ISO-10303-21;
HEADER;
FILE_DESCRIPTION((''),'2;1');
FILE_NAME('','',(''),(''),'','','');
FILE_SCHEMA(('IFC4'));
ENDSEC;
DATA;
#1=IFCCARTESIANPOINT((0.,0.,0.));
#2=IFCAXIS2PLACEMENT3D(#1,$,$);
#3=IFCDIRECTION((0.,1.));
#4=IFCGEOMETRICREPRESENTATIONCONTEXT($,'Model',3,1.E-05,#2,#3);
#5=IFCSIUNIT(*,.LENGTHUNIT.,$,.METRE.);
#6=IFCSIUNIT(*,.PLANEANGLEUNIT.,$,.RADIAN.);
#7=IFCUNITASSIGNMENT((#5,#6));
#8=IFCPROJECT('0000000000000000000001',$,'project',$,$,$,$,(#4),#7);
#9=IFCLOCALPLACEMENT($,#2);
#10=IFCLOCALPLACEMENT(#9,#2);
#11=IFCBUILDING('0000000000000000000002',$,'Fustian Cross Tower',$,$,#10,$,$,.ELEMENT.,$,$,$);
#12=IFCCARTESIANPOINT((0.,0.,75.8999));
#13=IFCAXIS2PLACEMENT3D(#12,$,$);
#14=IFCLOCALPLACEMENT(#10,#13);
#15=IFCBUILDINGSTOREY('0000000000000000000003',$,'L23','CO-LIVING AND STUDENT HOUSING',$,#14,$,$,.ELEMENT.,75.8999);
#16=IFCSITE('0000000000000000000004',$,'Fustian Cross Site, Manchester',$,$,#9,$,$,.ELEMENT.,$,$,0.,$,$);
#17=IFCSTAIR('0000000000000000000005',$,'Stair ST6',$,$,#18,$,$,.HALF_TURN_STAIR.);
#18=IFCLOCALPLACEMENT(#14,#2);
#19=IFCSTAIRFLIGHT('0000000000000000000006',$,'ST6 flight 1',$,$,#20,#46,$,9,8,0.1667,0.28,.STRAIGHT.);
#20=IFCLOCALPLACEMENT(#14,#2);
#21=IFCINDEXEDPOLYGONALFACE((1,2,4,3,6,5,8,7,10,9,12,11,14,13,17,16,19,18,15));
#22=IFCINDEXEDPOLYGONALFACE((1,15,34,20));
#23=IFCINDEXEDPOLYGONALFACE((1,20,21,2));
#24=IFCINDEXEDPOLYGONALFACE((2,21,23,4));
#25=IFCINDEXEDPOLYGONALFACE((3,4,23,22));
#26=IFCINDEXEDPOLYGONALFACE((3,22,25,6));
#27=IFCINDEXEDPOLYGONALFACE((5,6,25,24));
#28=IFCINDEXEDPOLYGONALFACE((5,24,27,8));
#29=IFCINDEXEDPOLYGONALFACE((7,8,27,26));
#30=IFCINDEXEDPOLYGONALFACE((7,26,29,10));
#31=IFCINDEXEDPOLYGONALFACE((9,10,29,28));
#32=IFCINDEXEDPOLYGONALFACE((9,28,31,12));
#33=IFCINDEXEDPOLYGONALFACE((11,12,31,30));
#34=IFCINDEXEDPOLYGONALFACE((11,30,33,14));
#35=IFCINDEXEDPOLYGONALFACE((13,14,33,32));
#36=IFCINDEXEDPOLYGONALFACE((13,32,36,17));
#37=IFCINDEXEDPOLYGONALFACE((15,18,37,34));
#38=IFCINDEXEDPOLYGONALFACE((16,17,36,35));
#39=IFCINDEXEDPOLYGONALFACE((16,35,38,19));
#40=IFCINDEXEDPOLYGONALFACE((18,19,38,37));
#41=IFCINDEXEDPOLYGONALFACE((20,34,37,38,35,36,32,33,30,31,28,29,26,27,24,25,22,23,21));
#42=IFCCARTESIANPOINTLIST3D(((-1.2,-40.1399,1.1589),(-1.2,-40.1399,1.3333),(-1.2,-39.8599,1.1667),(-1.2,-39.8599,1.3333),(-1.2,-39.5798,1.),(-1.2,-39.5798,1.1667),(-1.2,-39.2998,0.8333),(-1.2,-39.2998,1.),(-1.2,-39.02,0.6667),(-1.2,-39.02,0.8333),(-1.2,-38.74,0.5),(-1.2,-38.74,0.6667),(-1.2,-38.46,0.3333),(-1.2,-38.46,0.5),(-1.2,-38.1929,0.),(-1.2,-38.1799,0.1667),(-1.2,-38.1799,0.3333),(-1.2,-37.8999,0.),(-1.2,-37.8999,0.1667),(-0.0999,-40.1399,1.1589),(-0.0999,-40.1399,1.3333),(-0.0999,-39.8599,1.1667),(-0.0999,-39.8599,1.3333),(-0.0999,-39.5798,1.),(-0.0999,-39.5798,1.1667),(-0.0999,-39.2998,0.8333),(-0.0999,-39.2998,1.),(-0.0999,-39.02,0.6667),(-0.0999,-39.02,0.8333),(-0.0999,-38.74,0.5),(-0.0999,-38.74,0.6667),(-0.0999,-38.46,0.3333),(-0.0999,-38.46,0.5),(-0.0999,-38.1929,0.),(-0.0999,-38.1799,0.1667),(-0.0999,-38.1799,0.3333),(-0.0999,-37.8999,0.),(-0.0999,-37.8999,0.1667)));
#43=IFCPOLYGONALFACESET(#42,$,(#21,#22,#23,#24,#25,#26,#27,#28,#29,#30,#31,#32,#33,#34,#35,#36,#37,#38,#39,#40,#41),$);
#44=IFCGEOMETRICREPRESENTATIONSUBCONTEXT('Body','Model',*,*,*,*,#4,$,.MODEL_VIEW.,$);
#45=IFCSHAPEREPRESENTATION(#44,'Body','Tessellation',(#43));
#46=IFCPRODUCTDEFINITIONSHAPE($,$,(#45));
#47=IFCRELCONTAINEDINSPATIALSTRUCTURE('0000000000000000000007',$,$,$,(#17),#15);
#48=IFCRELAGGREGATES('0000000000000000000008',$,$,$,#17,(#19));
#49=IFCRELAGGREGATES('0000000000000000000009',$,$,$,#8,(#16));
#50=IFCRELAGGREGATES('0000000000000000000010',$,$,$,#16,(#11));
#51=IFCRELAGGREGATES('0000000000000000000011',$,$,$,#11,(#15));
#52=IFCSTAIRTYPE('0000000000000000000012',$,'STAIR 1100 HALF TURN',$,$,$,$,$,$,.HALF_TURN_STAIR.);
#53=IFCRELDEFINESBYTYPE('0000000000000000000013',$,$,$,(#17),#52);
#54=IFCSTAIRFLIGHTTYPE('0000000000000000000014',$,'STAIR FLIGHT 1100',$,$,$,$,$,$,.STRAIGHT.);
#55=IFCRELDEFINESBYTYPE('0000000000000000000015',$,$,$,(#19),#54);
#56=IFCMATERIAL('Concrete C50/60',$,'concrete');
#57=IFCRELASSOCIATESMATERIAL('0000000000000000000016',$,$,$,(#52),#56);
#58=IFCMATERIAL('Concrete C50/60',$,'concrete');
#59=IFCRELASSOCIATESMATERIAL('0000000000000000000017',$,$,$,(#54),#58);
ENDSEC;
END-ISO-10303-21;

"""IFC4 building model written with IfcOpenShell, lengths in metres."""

from ifc_helpers import new_model, si_unit, direction, frame, origin, place, context, subcontext, project, spatial, polyline, outline, extrude, material, type_object, element, aggregate, save


model = new_model("IFC4")

# Units and contexts
model_context = context("Model", 3, precision=1e-05, world=origin(), true_north=direction((0.0, 1.0)))
body_context = subcontext(model_context, "Body", "Model", "MODEL_VIEW")
ifc_project = project(units=[si_unit("LENGTHUNIT", "METRE"), si_unit("PLANEANGLEUNIT", "RADIAN")], contexts=[model_context])

# Site, building, storey
site_placement = place(None, origin())
site = spatial("IfcSite", under=ifc_project, at=site_placement, Name="Fustian Cross Site, Manchester", CompositionType="ELEMENT", RefElevation=0.0)
building_placement = place(site_placement, origin())
building = spatial("IfcBuilding", under=site, at=building_placement, Name="Fustian Cross Tower", CompositionType="ELEMENT")
storey_placement = place(building_placement, frame((0.0, 0.0, 75.8999)))
storey = spatial("IfcBuildingStorey", under=building, at=storey_placement, Name="L23", Description="CO-LIVING AND STUDENT HOUSING", CompositionType="ELEMENT", Elevation=75.8999)

# Stair, stair flight
ifc_material_1 = material(Name="Concrete C50/60", Category="concrete")
stair_type = type_object("IfcStairType", Name="STAIR 1100 HALF TURN", PredefinedType="HALF_TURN_STAIR", material=ifc_material_1)
stair_placement = place(storey_placement, origin())
stair = element("IfcStair", 1, at=stair_placement, inside=storey, type_object=stair_type, Name="Stair ST6", PredefinedType="HALF_TURN_STAIR")
ifc_material_2 = material(Name="Concrete C50/60", Category="concrete")
stair_flight_type = type_object("IfcStairFlightType", Name="STAIR FLIGHT 1100", PredefinedType="STRAIGHT", material=ifc_material_2)
stair_flight_placement = place(storey_placement, frame((-0.6499, -37.8999, 0.0), z_axis=(0.0, 0.0, 1.0), x_axis=(0.0, -1.0, 0.0)))
stair_flight = element("IfcStairFlight", 2, at=stair_flight_placement, type_object=stair_flight_type, Name="ST6 flight 1", NumberOfRisers=9, NumberOfTreads=8, PredefinedType="STRAIGHT", RiserHeight=0.1667, TreadLength=0.28, context=body_context, shape_type="SweptSolid", body=[
    extrude(outline(polyline([(0.0, 0.0), (0.0, 0.1667), (0.28, 0.1667), (0.28, 0.3333), (0.5601, 0.3333), (0.5601, 0.5), (0.8401, 0.5), (0.8401, 0.6667), (1.1201, 0.6667), (1.1201, 0.8333), (1.3999, 0.8333), (1.3999, 1.0), (1.6799, 1.0), (1.6799, 1.1667), (1.96, 1.1667), (1.96, 1.3333), (2.24, 1.3333), (2.24, 1.5), (2.24, 1.1589), (0.293, 0.0), (0.0, 0.0)])), frame((0.0, 0.55, 0.0), z_axis=(0.0, -1.0, 0.0), x_axis=(1.0, 0.0, 0.0)), (0.0, 0.0, 1.0), 1.1001),
])
aggregate(stair, [stair_flight])

save(model, "model.ifc")
